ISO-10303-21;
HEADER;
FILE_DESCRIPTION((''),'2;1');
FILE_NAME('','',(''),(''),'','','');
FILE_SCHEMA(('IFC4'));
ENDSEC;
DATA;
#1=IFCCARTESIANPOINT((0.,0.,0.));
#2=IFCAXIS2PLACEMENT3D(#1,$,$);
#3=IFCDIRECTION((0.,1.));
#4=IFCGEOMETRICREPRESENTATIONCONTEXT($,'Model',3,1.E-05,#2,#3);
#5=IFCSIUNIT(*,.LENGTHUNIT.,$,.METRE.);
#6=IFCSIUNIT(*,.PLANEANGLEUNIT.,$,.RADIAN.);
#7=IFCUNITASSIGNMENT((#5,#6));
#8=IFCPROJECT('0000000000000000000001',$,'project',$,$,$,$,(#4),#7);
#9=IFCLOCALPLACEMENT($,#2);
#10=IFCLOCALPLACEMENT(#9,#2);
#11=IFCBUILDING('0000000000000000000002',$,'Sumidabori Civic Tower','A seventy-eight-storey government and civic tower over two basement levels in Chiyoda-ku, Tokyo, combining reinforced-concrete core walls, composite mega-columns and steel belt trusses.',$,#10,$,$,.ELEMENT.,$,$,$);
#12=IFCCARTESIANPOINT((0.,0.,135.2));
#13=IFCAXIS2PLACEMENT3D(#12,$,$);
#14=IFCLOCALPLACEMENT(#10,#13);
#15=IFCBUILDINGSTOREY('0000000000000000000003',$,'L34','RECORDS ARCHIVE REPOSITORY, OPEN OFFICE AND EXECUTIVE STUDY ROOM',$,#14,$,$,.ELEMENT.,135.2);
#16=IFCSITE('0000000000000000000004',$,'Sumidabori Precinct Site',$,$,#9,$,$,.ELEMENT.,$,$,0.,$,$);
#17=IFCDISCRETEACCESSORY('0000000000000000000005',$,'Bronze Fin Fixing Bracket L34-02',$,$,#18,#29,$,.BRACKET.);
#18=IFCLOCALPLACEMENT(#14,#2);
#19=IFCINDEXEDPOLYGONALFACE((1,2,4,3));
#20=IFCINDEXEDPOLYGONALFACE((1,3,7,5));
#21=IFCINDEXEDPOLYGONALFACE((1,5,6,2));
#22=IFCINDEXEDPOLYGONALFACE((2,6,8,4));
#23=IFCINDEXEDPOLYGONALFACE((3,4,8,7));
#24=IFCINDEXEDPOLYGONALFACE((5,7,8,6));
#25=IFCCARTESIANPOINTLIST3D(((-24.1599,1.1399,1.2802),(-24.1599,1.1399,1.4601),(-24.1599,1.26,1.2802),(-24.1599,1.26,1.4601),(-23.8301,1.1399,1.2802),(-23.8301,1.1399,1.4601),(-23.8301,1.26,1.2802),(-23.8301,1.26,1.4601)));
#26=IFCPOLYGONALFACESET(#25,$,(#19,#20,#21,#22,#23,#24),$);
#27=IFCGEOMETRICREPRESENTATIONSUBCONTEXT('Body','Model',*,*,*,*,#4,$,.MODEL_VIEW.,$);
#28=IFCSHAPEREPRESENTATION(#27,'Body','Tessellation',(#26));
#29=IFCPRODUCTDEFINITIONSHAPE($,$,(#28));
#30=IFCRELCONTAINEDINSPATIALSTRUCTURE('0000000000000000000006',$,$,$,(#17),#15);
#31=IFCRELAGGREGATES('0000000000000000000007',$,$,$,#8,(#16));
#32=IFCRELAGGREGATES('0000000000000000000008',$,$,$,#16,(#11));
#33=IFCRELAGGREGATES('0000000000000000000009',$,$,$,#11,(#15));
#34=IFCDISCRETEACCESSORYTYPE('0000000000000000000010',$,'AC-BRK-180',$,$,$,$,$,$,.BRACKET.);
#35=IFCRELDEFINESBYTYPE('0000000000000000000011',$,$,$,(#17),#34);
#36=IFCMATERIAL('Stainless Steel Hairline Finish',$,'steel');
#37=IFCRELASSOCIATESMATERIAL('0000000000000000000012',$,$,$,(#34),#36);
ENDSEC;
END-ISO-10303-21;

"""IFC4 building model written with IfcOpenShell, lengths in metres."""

from ifc_helpers import new_model, si_unit, direction, frame, origin, origin_2d, place, context, subcontext, project, spatial, rectangle, extrude, source, transform, mapped, material, material_profile, profile_set, type_object, element, save


model = new_model("IFC4")

# Units and contexts
model_context = context("Model", 3, precision=1e-05, world=origin(), true_north=direction((0.0, 1.0)))
body_context = subcontext(model_context, "Body", "Model", "MODEL_VIEW")
ifc_project = project(units=[si_unit("LENGTHUNIT", "METRE"), si_unit("PLANEANGLEUNIT", "RADIAN")], contexts=[model_context])

# Site, building, storey
site_placement = place(None, origin())
site = spatial("IfcSite", under=ifc_project, at=site_placement, Name="Sumidabori Precinct Site", CompositionType="ELEMENT", RefElevation=0.0)
building_placement = place(site_placement, origin())
building = spatial("IfcBuilding", under=site, at=building_placement, Name="Sumidabori Civic Tower", Description="A seventy-eight-storey government and civic tower over two basement levels in Chiyoda-ku, Tokyo, combining reinforced-concrete core walls, composite mega-columns and steel belt trusses.", CompositionType="ELEMENT")
storey_placement = place(building_placement, frame((0.0, 0.0, 135.2)))
storey = spatial("IfcBuildingStorey", under=building, at=storey_placement, Name="L34", Description="RECORDS ARCHIVE REPOSITORY, OPEN OFFICE AND EXECUTIVE STUDY ROOM", CompositionType="ELEMENT", Elevation=135.2)

# Discrete accessory
ifc_material_1 = material(Name="Stainless Steel Hairline Finish", Category="steel")
ifc_material_profile_1 = material_profile(ifc_material_1, rectangle(XDim=0.1201, YDim=0.1799, at=origin_2d()), Name="STEEL BRACKET 180x120")
ifc_profile_set_1 = profile_set([ifc_material_profile_1], Name="Stainless Steel Hairline Finish")
discrete_accessory_type = type_object("IfcDiscreteAccessoryType", Name="AC-BRK-180", PredefinedType="BRACKET", material=ifc_profile_set_1)
shared_shape_1 = source(origin(), body_context, "Body", "SweptSolid", [
    extrude(rectangle(XDim=0.1201, YDim=0.1799, at=origin_2d()), origin(), (0.0, 0.0, 1.0), 0.3298),
])
discrete_accessory_placement = place(storey_placement, frame((-23.8301, 1.2, 1.3701), z_axis=(-1.0, 0.0, 0.0), x_axis=(0.0, -1.0, 0.0)))
element("IfcDiscreteAccessory", 1, at=discrete_accessory_placement, inside=storey, type_object=discrete_accessory_type, Name="Bronze Fin Fixing Bracket L34-02", PredefinedType="BRACKET", context=body_context, shape_type="MappedRepresentation", body=[
    mapped(shared_shape_1, transform((0.0, 0.0, 0.0), x_axis=(1.0, 0.0, 0.0), y_axis=(0.0, 1.0, 0.0), z_axis=(0.0, 0.0, 1.0), scale=1.0)),
])

save(model, "model.ifc")
